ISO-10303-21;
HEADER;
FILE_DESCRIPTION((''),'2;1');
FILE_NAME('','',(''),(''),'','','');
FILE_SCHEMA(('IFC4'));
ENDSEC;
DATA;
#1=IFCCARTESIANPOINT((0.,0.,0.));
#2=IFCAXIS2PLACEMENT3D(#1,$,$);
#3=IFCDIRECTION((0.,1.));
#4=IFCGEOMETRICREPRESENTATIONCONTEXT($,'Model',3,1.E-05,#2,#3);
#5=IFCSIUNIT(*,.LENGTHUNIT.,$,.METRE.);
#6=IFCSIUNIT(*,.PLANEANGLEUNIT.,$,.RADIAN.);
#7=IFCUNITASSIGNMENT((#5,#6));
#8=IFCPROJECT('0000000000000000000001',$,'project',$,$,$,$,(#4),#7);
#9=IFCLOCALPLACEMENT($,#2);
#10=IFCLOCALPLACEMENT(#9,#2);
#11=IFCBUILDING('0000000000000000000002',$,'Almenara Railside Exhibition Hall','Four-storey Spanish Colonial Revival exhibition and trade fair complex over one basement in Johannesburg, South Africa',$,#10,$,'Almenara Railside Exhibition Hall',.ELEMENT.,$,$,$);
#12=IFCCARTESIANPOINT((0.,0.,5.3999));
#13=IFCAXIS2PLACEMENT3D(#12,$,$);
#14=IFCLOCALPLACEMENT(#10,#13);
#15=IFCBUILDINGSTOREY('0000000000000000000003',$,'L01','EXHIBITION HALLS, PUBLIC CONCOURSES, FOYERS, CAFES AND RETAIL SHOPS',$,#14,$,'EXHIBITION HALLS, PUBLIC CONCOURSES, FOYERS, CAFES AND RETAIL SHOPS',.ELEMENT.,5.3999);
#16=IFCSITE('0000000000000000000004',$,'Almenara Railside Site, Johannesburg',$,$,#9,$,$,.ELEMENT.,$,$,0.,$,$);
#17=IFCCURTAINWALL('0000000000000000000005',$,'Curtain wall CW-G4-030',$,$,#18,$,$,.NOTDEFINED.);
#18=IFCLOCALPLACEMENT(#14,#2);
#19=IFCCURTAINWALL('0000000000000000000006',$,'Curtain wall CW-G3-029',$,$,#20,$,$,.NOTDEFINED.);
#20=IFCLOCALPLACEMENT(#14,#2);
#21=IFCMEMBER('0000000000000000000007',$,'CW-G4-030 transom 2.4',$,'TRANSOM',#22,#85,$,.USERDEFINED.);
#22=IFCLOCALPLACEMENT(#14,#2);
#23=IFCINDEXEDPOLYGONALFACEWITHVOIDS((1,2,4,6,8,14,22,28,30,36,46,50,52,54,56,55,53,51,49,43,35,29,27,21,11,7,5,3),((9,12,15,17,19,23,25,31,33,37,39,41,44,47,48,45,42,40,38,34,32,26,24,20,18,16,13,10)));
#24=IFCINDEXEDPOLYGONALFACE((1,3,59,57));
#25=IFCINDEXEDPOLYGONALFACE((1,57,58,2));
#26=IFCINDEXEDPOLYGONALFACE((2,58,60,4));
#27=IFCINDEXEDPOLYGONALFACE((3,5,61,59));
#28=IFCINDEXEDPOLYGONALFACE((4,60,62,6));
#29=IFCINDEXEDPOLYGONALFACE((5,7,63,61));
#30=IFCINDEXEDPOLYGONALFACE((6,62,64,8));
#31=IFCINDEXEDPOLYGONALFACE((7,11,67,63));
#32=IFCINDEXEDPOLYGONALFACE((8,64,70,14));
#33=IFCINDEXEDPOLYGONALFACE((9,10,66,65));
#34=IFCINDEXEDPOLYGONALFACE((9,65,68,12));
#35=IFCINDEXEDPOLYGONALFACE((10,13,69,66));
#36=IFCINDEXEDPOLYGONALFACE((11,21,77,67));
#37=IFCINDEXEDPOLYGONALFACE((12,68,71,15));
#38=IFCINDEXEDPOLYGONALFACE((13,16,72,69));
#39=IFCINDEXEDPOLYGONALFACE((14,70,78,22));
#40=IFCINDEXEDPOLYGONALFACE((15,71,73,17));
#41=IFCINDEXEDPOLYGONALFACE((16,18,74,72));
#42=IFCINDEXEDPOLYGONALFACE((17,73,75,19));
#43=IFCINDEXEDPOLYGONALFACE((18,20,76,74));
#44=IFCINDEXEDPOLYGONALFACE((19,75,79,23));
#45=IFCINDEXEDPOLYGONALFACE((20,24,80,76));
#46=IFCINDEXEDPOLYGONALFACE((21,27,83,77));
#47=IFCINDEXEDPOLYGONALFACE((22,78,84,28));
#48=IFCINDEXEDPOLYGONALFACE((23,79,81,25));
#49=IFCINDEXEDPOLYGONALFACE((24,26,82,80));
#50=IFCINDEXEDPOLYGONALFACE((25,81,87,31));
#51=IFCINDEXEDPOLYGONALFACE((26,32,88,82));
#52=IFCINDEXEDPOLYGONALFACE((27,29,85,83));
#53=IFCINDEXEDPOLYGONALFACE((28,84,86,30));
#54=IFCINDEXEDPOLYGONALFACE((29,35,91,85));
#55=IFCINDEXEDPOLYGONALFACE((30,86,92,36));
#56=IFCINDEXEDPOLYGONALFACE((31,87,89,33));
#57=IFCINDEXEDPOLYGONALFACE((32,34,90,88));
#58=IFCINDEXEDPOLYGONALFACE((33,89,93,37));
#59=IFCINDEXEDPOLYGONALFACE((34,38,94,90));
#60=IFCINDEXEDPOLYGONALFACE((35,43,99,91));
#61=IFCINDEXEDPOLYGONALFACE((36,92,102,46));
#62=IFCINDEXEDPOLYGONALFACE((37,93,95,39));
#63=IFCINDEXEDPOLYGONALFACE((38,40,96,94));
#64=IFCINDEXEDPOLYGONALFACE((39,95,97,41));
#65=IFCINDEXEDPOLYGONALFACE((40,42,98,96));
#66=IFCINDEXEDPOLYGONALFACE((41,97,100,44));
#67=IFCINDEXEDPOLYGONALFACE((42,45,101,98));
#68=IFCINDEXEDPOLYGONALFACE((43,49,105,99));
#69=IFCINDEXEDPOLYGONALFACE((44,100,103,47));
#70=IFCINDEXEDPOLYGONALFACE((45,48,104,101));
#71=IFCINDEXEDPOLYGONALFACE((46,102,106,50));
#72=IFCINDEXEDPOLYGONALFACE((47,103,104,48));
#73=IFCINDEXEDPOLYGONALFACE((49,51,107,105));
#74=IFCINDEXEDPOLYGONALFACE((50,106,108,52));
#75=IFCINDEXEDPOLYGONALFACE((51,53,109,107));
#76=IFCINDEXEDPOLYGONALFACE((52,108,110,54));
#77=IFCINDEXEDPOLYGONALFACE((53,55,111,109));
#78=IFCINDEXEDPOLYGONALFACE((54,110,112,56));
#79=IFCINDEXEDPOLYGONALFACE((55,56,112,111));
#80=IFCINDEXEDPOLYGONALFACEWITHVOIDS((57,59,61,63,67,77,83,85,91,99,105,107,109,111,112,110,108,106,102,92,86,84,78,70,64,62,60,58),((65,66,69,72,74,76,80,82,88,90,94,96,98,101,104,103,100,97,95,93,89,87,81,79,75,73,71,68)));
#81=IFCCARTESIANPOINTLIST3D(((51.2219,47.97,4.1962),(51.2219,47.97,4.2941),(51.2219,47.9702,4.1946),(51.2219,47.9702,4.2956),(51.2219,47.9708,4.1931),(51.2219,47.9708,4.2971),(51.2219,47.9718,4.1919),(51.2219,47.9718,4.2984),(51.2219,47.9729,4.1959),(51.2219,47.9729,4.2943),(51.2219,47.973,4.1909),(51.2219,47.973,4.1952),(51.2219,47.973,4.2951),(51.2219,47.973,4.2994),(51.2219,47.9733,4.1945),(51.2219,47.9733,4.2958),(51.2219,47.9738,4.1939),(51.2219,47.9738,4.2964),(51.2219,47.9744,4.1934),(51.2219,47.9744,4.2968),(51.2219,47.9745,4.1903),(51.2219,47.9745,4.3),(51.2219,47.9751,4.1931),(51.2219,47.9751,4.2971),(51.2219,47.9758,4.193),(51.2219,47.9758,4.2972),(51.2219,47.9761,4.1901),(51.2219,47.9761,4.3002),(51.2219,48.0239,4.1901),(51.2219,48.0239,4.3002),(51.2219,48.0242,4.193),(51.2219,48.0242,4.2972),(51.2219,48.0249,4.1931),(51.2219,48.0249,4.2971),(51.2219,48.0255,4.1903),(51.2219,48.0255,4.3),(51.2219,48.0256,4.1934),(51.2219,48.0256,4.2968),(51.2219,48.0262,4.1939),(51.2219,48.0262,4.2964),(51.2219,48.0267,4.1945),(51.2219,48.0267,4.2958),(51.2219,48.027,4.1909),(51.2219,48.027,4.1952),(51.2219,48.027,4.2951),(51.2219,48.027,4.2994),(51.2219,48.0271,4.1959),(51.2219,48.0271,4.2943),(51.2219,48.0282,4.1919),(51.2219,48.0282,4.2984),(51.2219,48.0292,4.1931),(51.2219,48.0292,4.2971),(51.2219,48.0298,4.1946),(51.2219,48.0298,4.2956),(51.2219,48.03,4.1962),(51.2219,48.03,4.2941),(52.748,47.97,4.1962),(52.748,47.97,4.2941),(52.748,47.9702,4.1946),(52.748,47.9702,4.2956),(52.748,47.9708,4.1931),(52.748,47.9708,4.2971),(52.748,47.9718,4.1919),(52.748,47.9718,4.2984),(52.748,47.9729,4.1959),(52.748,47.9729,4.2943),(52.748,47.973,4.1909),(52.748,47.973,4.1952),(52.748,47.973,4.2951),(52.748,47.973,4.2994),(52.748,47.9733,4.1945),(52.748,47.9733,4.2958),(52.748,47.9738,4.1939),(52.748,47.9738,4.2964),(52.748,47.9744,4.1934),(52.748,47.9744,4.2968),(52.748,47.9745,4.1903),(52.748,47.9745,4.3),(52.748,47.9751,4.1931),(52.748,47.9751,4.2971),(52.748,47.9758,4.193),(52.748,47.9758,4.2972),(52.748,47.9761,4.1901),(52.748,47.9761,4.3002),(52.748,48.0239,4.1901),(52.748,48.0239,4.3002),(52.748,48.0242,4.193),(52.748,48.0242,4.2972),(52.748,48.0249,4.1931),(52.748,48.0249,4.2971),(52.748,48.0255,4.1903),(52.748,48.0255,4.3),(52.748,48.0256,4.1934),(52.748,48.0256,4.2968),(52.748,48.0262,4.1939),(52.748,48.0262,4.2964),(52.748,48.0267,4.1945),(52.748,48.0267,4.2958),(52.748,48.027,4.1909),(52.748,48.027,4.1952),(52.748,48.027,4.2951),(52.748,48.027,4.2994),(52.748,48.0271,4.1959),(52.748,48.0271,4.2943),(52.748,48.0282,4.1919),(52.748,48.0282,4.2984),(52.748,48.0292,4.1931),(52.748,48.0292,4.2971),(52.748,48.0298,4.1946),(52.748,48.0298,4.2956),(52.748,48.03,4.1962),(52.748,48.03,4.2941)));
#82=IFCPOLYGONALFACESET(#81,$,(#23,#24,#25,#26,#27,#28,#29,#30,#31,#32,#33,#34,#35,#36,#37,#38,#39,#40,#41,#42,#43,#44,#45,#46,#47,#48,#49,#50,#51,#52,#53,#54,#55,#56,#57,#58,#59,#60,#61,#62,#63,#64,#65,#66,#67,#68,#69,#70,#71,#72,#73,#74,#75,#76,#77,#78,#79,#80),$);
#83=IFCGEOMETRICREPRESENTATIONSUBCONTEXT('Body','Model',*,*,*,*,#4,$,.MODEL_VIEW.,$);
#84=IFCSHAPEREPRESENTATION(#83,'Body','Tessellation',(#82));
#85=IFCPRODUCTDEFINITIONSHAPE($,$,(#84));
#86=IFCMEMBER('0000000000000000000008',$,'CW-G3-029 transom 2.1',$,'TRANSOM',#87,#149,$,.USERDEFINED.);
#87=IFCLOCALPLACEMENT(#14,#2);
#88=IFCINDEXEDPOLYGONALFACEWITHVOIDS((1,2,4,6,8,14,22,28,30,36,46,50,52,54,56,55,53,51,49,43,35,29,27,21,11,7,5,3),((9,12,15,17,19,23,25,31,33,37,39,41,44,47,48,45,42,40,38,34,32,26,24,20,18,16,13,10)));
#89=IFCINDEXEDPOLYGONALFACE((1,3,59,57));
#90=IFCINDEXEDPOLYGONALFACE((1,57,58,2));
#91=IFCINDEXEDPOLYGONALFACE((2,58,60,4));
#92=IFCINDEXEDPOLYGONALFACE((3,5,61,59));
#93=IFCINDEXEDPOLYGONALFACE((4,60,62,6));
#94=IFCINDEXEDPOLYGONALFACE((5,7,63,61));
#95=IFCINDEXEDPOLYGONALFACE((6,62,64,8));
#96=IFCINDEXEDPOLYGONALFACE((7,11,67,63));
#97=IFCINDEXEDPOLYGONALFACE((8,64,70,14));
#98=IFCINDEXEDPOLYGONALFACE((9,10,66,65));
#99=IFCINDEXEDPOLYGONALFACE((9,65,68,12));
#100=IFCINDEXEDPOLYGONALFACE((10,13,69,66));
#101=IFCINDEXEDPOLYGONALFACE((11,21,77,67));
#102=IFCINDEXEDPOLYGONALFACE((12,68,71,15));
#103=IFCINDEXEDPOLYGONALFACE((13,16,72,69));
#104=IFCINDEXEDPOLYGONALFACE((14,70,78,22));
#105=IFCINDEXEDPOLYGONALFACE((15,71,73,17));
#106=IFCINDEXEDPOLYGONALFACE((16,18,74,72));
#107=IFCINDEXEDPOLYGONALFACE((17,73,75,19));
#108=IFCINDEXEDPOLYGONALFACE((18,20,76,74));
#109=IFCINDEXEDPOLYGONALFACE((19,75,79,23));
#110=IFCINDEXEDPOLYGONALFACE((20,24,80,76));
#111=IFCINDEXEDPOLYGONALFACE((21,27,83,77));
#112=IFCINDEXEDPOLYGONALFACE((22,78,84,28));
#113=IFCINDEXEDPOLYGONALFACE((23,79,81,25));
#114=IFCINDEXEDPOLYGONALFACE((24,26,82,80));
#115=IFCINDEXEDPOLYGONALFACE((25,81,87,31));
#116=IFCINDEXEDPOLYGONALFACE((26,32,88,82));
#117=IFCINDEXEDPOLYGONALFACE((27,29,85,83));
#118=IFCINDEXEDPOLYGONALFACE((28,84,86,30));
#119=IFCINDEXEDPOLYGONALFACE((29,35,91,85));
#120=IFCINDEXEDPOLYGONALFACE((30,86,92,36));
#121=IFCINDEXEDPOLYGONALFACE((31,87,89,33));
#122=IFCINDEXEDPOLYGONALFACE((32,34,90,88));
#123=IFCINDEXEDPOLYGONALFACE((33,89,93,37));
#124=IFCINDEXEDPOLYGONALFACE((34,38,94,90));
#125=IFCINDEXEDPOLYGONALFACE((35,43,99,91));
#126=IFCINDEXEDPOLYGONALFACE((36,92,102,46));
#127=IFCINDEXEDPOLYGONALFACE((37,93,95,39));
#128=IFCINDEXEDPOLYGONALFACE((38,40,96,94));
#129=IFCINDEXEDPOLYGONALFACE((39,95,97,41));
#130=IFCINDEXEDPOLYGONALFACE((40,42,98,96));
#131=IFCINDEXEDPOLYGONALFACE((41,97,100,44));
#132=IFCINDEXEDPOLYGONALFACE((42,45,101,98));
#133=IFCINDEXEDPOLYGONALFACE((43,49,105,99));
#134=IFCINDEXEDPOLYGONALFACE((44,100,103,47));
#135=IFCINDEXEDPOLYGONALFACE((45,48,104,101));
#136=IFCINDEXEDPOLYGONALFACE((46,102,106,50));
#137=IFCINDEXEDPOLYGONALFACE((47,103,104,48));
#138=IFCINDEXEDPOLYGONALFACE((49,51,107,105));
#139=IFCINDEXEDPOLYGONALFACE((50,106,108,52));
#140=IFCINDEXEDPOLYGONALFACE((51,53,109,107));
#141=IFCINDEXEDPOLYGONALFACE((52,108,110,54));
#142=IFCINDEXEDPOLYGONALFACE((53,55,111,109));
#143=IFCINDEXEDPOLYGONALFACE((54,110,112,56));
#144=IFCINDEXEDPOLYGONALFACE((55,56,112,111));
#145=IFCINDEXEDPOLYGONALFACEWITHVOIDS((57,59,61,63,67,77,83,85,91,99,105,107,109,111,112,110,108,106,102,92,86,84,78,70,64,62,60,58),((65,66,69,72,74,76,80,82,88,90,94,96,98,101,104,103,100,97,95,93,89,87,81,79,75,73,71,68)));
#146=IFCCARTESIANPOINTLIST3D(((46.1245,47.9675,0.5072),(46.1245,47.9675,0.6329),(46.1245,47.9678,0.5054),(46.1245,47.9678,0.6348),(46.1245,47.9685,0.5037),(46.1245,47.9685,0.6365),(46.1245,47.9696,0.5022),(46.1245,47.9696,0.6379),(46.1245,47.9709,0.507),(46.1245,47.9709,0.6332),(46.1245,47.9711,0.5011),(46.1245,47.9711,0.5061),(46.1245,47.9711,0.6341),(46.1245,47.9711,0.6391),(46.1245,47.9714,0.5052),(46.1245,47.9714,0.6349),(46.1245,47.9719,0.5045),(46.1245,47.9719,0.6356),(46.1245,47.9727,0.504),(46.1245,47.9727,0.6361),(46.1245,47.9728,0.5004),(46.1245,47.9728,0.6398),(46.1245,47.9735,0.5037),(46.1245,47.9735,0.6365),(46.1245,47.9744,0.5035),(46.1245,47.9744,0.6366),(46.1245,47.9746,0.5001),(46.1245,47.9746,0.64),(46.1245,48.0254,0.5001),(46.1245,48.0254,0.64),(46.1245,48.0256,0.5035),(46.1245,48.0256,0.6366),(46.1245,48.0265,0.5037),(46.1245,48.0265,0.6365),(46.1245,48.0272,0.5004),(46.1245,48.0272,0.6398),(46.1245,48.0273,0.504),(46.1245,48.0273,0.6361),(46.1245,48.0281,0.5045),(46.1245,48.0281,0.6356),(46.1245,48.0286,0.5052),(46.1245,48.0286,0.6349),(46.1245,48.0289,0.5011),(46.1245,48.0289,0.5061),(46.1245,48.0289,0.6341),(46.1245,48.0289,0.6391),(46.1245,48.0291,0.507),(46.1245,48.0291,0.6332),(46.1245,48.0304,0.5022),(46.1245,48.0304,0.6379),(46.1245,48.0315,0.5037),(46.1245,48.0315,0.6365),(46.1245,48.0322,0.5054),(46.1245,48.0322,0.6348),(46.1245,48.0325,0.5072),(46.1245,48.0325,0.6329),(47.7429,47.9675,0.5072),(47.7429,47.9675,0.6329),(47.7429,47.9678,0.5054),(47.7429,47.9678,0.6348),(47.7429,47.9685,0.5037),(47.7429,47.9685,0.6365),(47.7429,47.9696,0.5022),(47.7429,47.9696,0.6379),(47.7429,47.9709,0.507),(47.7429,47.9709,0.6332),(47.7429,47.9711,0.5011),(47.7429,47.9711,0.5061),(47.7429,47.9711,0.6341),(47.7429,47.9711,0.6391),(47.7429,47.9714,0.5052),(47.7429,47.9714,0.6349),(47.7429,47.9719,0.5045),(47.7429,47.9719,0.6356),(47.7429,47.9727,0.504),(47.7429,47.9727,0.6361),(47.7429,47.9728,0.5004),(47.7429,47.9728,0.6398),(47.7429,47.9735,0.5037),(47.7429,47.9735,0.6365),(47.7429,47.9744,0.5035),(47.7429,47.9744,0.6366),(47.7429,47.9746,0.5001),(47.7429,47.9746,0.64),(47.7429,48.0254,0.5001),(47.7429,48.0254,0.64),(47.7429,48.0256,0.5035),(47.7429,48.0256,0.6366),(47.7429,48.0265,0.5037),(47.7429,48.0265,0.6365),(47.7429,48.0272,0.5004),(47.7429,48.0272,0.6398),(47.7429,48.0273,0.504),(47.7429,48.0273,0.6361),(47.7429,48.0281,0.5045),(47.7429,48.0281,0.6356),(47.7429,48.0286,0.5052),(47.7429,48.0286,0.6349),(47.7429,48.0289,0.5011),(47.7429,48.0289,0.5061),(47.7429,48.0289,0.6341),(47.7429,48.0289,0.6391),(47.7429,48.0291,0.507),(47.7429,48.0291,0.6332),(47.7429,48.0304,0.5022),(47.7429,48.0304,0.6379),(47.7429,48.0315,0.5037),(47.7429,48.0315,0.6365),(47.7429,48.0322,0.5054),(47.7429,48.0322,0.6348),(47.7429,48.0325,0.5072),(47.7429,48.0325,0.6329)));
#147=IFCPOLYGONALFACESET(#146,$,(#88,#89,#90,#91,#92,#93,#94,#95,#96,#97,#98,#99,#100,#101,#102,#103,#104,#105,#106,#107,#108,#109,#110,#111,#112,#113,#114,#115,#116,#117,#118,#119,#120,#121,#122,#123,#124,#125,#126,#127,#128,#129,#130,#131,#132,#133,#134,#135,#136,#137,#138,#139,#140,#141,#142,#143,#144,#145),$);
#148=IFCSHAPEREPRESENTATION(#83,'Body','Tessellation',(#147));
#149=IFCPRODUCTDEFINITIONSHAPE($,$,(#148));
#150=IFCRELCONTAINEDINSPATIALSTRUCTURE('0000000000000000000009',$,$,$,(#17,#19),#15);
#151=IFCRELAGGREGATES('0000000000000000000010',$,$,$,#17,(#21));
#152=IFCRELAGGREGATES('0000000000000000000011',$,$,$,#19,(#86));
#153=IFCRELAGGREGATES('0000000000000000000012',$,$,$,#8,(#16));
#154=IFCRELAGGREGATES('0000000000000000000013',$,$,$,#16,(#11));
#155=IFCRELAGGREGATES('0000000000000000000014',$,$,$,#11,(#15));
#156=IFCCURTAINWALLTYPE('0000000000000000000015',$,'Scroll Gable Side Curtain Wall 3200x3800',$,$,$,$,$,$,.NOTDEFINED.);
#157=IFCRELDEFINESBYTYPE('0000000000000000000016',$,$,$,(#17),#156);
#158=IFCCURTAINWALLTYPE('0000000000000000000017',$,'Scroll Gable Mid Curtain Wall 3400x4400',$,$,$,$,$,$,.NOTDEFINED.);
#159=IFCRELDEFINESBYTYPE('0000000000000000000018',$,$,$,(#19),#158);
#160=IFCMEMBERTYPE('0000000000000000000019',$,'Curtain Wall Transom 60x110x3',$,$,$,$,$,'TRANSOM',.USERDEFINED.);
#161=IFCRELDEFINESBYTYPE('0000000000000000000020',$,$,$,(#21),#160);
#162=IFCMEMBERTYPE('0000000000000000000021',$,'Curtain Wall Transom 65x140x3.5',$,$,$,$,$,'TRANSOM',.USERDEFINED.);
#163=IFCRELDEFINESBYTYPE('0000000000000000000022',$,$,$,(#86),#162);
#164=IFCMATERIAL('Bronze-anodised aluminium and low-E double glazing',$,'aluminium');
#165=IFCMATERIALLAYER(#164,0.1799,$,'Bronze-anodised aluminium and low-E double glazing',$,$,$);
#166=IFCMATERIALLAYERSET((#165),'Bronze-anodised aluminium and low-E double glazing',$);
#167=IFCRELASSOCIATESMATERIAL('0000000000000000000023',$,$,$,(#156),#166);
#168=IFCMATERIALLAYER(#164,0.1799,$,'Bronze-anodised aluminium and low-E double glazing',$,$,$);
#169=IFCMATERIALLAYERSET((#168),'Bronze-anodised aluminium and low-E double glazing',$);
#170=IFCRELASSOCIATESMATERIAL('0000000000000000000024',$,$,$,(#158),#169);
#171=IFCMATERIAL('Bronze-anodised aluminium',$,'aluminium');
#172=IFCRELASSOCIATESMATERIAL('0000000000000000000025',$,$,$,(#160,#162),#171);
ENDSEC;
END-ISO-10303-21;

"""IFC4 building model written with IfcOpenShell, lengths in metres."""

from ifc_helpers import new_model, si_unit, direction, frame, origin, origin_2d, place, context, subcontext, project, spatial, hollow_rectangle, extrude, material, layer, layer_set, material_profile, profile_set, type_object, element, aggregate, save


model = new_model("IFC4")

# Units and contexts
model_context = context("Model", 3, precision=1e-05, world=origin(), true_north=direction((0.0, 1.0)))
body_context = subcontext(model_context, "Body", "Model", "MODEL_VIEW")
ifc_project = project(units=[si_unit("LENGTHUNIT", "METRE"), si_unit("PLANEANGLEUNIT", "RADIAN")], contexts=[model_context])

# Site, building, storey
site_placement = place(None, origin())
site = spatial("IfcSite", under=ifc_project, at=site_placement, Name="Almenara Railside Site, Johannesburg", CompositionType="ELEMENT", RefElevation=0.0)
building_placement = place(site_placement, origin())
building = spatial("IfcBuilding", under=site, at=building_placement, Name="Almenara Railside Exhibition Hall", Description="Four-storey Spanish Colonial Revival exhibition and trade fair complex over one basement in Johannesburg, South Africa", LongName="Almenara Railside Exhibition Hall", CompositionType="ELEMENT")
storey_placement = place(building_placement, frame((0.0, 0.0, 5.3999)))
storey = spatial("IfcBuildingStorey", under=building, at=storey_placement, Name="L01", Description="EXHIBITION HALLS, PUBLIC CONCOURSES, FOYERS, CAFES AND RETAIL SHOPS", LongName="EXHIBITION HALLS, PUBLIC CONCOURSES, FOYERS, CAFES AND RETAIL SHOPS", CompositionType="ELEMENT", Elevation=5.3999)

# Curtain wall
ifc_material_1 = material(Name="Bronze-anodised aluminium and low-E double glazing", Category="aluminium")
ifc_layer_1 = layer(ifc_material_1, 0.1799, Name="Bronze-anodised aluminium and low-E double glazing")
ifc_layer_set_1 = layer_set([ifc_layer_1], Name="Bronze-anodised aluminium and low-E double glazing")
curtain_wall_type_1 = type_object("IfcCurtainWallType", Name="Scroll Gable Side Curtain Wall 3200x3800", PredefinedType="NOTDEFINED", material=ifc_layer_set_1)
curtain_wall_1_placement = place(storey_placement, origin())
curtain_wall_1 = element("IfcCurtainWall", 1, at=curtain_wall_1_placement, inside=storey, type_object=curtain_wall_type_1, Name="Curtain wall CW-G4-030", PredefinedType="NOTDEFINED")
ifc_material_2 = material(Name="Bronze-anodised aluminium", Category="aluminium")

# Curtain wall
ifc_layer_2 = layer(ifc_material_1, 0.1799, Name="Bronze-anodised aluminium and low-E double glazing")
ifc_layer_set_2 = layer_set([ifc_layer_2], Name="Bronze-anodised aluminium and low-E double glazing")
curtain_wall_type_2 = type_object("IfcCurtainWallType", Name="Scroll Gable Mid Curtain Wall 3400x4400", PredefinedType="NOTDEFINED", material=ifc_layer_set_2)
curtain_wall_2_placement = place(storey_placement, origin())
curtain_wall_2 = element("IfcCurtainWall", 2, at=curtain_wall_2_placement, inside=storey, type_object=curtain_wall_type_2, Name="Curtain wall CW-G3-029", PredefinedType="NOTDEFINED")

# Members
ifc_material_profile_1 = material_profile(ifc_material_2, hollow_rectangle(XDim=0.0601, YDim=0.1101, WallThickness=0.0029, InnerFilletRadius=0.0029, OuterFilletRadius=0.0061, at=origin_2d()), Name="ALU-TRN 60x110x3")
ifc_profile_set_1 = profile_set([ifc_material_profile_1], Name="Bronze-anodised aluminium")
member_type_1 = type_object("IfcMemberType", Name="Curtain Wall Transom 60x110x3", ElementType="TRANSOM", PredefinedType="USERDEFINED", material=ifc_profile_set_1)
member_1_placement = place(storey_placement, frame((51.2219, 48.0, 4.2451), z_axis=(1.0, 0.0, 0.0), x_axis=(0.0, 1.0, 0.0)))
member_1 = element("IfcMember", 3, at=member_1_placement, type_object=member_type_1, Name="CW-G4-030 transom 2.4", ObjectType="TRANSOM", PredefinedType="USERDEFINED", context=body_context, shape_type="SweptSolid", body=[
    extrude(hollow_rectangle(XDim=0.0601, YDim=0.1101, WallThickness=0.0029, InnerFilletRadius=0.0029, OuterFilletRadius=0.0061, at=origin_2d()), origin(), (0.0, 0.0, 1.0), 1.5261),
])
ifc_material_profile_2 = material_profile(ifc_material_2, hollow_rectangle(XDim=0.0649, YDim=0.1399, WallThickness=0.0034, InnerFilletRadius=0.0034, OuterFilletRadius=0.0071, at=origin_2d()), Name="ALU-TRN 65x140x3.5")
ifc_profile_set_2 = profile_set([ifc_material_profile_2], Name="Bronze-anodised aluminium")
member_type_2 = type_object("IfcMemberType", Name="Curtain Wall Transom 65x140x3.5", ElementType="TRANSOM", PredefinedType="USERDEFINED", material=ifc_profile_set_2)
member_2_placement = place(storey_placement, frame((46.1245, 48.0, 0.5701), z_axis=(1.0, 0.0, 0.0), x_axis=(0.0, 1.0, 0.0)))
member_2 = element("IfcMember", 4, at=member_2_placement, type_object=member_type_2, Name="CW-G3-029 transom 2.1", ObjectType="TRANSOM", PredefinedType="USERDEFINED", context=body_context, shape_type="SweptSolid", body=[
    extrude(hollow_rectangle(XDim=0.0649, YDim=0.1399, WallThickness=0.0034, InnerFilletRadius=0.0034, OuterFilletRadius=0.0071, at=origin_2d()), origin(), (0.0, 0.0, 1.0), 1.6184),
])

aggregate(curtain_wall_1, [member_1])
aggregate(curtain_wall_2, [member_2])

save(model, "model.ifc")
